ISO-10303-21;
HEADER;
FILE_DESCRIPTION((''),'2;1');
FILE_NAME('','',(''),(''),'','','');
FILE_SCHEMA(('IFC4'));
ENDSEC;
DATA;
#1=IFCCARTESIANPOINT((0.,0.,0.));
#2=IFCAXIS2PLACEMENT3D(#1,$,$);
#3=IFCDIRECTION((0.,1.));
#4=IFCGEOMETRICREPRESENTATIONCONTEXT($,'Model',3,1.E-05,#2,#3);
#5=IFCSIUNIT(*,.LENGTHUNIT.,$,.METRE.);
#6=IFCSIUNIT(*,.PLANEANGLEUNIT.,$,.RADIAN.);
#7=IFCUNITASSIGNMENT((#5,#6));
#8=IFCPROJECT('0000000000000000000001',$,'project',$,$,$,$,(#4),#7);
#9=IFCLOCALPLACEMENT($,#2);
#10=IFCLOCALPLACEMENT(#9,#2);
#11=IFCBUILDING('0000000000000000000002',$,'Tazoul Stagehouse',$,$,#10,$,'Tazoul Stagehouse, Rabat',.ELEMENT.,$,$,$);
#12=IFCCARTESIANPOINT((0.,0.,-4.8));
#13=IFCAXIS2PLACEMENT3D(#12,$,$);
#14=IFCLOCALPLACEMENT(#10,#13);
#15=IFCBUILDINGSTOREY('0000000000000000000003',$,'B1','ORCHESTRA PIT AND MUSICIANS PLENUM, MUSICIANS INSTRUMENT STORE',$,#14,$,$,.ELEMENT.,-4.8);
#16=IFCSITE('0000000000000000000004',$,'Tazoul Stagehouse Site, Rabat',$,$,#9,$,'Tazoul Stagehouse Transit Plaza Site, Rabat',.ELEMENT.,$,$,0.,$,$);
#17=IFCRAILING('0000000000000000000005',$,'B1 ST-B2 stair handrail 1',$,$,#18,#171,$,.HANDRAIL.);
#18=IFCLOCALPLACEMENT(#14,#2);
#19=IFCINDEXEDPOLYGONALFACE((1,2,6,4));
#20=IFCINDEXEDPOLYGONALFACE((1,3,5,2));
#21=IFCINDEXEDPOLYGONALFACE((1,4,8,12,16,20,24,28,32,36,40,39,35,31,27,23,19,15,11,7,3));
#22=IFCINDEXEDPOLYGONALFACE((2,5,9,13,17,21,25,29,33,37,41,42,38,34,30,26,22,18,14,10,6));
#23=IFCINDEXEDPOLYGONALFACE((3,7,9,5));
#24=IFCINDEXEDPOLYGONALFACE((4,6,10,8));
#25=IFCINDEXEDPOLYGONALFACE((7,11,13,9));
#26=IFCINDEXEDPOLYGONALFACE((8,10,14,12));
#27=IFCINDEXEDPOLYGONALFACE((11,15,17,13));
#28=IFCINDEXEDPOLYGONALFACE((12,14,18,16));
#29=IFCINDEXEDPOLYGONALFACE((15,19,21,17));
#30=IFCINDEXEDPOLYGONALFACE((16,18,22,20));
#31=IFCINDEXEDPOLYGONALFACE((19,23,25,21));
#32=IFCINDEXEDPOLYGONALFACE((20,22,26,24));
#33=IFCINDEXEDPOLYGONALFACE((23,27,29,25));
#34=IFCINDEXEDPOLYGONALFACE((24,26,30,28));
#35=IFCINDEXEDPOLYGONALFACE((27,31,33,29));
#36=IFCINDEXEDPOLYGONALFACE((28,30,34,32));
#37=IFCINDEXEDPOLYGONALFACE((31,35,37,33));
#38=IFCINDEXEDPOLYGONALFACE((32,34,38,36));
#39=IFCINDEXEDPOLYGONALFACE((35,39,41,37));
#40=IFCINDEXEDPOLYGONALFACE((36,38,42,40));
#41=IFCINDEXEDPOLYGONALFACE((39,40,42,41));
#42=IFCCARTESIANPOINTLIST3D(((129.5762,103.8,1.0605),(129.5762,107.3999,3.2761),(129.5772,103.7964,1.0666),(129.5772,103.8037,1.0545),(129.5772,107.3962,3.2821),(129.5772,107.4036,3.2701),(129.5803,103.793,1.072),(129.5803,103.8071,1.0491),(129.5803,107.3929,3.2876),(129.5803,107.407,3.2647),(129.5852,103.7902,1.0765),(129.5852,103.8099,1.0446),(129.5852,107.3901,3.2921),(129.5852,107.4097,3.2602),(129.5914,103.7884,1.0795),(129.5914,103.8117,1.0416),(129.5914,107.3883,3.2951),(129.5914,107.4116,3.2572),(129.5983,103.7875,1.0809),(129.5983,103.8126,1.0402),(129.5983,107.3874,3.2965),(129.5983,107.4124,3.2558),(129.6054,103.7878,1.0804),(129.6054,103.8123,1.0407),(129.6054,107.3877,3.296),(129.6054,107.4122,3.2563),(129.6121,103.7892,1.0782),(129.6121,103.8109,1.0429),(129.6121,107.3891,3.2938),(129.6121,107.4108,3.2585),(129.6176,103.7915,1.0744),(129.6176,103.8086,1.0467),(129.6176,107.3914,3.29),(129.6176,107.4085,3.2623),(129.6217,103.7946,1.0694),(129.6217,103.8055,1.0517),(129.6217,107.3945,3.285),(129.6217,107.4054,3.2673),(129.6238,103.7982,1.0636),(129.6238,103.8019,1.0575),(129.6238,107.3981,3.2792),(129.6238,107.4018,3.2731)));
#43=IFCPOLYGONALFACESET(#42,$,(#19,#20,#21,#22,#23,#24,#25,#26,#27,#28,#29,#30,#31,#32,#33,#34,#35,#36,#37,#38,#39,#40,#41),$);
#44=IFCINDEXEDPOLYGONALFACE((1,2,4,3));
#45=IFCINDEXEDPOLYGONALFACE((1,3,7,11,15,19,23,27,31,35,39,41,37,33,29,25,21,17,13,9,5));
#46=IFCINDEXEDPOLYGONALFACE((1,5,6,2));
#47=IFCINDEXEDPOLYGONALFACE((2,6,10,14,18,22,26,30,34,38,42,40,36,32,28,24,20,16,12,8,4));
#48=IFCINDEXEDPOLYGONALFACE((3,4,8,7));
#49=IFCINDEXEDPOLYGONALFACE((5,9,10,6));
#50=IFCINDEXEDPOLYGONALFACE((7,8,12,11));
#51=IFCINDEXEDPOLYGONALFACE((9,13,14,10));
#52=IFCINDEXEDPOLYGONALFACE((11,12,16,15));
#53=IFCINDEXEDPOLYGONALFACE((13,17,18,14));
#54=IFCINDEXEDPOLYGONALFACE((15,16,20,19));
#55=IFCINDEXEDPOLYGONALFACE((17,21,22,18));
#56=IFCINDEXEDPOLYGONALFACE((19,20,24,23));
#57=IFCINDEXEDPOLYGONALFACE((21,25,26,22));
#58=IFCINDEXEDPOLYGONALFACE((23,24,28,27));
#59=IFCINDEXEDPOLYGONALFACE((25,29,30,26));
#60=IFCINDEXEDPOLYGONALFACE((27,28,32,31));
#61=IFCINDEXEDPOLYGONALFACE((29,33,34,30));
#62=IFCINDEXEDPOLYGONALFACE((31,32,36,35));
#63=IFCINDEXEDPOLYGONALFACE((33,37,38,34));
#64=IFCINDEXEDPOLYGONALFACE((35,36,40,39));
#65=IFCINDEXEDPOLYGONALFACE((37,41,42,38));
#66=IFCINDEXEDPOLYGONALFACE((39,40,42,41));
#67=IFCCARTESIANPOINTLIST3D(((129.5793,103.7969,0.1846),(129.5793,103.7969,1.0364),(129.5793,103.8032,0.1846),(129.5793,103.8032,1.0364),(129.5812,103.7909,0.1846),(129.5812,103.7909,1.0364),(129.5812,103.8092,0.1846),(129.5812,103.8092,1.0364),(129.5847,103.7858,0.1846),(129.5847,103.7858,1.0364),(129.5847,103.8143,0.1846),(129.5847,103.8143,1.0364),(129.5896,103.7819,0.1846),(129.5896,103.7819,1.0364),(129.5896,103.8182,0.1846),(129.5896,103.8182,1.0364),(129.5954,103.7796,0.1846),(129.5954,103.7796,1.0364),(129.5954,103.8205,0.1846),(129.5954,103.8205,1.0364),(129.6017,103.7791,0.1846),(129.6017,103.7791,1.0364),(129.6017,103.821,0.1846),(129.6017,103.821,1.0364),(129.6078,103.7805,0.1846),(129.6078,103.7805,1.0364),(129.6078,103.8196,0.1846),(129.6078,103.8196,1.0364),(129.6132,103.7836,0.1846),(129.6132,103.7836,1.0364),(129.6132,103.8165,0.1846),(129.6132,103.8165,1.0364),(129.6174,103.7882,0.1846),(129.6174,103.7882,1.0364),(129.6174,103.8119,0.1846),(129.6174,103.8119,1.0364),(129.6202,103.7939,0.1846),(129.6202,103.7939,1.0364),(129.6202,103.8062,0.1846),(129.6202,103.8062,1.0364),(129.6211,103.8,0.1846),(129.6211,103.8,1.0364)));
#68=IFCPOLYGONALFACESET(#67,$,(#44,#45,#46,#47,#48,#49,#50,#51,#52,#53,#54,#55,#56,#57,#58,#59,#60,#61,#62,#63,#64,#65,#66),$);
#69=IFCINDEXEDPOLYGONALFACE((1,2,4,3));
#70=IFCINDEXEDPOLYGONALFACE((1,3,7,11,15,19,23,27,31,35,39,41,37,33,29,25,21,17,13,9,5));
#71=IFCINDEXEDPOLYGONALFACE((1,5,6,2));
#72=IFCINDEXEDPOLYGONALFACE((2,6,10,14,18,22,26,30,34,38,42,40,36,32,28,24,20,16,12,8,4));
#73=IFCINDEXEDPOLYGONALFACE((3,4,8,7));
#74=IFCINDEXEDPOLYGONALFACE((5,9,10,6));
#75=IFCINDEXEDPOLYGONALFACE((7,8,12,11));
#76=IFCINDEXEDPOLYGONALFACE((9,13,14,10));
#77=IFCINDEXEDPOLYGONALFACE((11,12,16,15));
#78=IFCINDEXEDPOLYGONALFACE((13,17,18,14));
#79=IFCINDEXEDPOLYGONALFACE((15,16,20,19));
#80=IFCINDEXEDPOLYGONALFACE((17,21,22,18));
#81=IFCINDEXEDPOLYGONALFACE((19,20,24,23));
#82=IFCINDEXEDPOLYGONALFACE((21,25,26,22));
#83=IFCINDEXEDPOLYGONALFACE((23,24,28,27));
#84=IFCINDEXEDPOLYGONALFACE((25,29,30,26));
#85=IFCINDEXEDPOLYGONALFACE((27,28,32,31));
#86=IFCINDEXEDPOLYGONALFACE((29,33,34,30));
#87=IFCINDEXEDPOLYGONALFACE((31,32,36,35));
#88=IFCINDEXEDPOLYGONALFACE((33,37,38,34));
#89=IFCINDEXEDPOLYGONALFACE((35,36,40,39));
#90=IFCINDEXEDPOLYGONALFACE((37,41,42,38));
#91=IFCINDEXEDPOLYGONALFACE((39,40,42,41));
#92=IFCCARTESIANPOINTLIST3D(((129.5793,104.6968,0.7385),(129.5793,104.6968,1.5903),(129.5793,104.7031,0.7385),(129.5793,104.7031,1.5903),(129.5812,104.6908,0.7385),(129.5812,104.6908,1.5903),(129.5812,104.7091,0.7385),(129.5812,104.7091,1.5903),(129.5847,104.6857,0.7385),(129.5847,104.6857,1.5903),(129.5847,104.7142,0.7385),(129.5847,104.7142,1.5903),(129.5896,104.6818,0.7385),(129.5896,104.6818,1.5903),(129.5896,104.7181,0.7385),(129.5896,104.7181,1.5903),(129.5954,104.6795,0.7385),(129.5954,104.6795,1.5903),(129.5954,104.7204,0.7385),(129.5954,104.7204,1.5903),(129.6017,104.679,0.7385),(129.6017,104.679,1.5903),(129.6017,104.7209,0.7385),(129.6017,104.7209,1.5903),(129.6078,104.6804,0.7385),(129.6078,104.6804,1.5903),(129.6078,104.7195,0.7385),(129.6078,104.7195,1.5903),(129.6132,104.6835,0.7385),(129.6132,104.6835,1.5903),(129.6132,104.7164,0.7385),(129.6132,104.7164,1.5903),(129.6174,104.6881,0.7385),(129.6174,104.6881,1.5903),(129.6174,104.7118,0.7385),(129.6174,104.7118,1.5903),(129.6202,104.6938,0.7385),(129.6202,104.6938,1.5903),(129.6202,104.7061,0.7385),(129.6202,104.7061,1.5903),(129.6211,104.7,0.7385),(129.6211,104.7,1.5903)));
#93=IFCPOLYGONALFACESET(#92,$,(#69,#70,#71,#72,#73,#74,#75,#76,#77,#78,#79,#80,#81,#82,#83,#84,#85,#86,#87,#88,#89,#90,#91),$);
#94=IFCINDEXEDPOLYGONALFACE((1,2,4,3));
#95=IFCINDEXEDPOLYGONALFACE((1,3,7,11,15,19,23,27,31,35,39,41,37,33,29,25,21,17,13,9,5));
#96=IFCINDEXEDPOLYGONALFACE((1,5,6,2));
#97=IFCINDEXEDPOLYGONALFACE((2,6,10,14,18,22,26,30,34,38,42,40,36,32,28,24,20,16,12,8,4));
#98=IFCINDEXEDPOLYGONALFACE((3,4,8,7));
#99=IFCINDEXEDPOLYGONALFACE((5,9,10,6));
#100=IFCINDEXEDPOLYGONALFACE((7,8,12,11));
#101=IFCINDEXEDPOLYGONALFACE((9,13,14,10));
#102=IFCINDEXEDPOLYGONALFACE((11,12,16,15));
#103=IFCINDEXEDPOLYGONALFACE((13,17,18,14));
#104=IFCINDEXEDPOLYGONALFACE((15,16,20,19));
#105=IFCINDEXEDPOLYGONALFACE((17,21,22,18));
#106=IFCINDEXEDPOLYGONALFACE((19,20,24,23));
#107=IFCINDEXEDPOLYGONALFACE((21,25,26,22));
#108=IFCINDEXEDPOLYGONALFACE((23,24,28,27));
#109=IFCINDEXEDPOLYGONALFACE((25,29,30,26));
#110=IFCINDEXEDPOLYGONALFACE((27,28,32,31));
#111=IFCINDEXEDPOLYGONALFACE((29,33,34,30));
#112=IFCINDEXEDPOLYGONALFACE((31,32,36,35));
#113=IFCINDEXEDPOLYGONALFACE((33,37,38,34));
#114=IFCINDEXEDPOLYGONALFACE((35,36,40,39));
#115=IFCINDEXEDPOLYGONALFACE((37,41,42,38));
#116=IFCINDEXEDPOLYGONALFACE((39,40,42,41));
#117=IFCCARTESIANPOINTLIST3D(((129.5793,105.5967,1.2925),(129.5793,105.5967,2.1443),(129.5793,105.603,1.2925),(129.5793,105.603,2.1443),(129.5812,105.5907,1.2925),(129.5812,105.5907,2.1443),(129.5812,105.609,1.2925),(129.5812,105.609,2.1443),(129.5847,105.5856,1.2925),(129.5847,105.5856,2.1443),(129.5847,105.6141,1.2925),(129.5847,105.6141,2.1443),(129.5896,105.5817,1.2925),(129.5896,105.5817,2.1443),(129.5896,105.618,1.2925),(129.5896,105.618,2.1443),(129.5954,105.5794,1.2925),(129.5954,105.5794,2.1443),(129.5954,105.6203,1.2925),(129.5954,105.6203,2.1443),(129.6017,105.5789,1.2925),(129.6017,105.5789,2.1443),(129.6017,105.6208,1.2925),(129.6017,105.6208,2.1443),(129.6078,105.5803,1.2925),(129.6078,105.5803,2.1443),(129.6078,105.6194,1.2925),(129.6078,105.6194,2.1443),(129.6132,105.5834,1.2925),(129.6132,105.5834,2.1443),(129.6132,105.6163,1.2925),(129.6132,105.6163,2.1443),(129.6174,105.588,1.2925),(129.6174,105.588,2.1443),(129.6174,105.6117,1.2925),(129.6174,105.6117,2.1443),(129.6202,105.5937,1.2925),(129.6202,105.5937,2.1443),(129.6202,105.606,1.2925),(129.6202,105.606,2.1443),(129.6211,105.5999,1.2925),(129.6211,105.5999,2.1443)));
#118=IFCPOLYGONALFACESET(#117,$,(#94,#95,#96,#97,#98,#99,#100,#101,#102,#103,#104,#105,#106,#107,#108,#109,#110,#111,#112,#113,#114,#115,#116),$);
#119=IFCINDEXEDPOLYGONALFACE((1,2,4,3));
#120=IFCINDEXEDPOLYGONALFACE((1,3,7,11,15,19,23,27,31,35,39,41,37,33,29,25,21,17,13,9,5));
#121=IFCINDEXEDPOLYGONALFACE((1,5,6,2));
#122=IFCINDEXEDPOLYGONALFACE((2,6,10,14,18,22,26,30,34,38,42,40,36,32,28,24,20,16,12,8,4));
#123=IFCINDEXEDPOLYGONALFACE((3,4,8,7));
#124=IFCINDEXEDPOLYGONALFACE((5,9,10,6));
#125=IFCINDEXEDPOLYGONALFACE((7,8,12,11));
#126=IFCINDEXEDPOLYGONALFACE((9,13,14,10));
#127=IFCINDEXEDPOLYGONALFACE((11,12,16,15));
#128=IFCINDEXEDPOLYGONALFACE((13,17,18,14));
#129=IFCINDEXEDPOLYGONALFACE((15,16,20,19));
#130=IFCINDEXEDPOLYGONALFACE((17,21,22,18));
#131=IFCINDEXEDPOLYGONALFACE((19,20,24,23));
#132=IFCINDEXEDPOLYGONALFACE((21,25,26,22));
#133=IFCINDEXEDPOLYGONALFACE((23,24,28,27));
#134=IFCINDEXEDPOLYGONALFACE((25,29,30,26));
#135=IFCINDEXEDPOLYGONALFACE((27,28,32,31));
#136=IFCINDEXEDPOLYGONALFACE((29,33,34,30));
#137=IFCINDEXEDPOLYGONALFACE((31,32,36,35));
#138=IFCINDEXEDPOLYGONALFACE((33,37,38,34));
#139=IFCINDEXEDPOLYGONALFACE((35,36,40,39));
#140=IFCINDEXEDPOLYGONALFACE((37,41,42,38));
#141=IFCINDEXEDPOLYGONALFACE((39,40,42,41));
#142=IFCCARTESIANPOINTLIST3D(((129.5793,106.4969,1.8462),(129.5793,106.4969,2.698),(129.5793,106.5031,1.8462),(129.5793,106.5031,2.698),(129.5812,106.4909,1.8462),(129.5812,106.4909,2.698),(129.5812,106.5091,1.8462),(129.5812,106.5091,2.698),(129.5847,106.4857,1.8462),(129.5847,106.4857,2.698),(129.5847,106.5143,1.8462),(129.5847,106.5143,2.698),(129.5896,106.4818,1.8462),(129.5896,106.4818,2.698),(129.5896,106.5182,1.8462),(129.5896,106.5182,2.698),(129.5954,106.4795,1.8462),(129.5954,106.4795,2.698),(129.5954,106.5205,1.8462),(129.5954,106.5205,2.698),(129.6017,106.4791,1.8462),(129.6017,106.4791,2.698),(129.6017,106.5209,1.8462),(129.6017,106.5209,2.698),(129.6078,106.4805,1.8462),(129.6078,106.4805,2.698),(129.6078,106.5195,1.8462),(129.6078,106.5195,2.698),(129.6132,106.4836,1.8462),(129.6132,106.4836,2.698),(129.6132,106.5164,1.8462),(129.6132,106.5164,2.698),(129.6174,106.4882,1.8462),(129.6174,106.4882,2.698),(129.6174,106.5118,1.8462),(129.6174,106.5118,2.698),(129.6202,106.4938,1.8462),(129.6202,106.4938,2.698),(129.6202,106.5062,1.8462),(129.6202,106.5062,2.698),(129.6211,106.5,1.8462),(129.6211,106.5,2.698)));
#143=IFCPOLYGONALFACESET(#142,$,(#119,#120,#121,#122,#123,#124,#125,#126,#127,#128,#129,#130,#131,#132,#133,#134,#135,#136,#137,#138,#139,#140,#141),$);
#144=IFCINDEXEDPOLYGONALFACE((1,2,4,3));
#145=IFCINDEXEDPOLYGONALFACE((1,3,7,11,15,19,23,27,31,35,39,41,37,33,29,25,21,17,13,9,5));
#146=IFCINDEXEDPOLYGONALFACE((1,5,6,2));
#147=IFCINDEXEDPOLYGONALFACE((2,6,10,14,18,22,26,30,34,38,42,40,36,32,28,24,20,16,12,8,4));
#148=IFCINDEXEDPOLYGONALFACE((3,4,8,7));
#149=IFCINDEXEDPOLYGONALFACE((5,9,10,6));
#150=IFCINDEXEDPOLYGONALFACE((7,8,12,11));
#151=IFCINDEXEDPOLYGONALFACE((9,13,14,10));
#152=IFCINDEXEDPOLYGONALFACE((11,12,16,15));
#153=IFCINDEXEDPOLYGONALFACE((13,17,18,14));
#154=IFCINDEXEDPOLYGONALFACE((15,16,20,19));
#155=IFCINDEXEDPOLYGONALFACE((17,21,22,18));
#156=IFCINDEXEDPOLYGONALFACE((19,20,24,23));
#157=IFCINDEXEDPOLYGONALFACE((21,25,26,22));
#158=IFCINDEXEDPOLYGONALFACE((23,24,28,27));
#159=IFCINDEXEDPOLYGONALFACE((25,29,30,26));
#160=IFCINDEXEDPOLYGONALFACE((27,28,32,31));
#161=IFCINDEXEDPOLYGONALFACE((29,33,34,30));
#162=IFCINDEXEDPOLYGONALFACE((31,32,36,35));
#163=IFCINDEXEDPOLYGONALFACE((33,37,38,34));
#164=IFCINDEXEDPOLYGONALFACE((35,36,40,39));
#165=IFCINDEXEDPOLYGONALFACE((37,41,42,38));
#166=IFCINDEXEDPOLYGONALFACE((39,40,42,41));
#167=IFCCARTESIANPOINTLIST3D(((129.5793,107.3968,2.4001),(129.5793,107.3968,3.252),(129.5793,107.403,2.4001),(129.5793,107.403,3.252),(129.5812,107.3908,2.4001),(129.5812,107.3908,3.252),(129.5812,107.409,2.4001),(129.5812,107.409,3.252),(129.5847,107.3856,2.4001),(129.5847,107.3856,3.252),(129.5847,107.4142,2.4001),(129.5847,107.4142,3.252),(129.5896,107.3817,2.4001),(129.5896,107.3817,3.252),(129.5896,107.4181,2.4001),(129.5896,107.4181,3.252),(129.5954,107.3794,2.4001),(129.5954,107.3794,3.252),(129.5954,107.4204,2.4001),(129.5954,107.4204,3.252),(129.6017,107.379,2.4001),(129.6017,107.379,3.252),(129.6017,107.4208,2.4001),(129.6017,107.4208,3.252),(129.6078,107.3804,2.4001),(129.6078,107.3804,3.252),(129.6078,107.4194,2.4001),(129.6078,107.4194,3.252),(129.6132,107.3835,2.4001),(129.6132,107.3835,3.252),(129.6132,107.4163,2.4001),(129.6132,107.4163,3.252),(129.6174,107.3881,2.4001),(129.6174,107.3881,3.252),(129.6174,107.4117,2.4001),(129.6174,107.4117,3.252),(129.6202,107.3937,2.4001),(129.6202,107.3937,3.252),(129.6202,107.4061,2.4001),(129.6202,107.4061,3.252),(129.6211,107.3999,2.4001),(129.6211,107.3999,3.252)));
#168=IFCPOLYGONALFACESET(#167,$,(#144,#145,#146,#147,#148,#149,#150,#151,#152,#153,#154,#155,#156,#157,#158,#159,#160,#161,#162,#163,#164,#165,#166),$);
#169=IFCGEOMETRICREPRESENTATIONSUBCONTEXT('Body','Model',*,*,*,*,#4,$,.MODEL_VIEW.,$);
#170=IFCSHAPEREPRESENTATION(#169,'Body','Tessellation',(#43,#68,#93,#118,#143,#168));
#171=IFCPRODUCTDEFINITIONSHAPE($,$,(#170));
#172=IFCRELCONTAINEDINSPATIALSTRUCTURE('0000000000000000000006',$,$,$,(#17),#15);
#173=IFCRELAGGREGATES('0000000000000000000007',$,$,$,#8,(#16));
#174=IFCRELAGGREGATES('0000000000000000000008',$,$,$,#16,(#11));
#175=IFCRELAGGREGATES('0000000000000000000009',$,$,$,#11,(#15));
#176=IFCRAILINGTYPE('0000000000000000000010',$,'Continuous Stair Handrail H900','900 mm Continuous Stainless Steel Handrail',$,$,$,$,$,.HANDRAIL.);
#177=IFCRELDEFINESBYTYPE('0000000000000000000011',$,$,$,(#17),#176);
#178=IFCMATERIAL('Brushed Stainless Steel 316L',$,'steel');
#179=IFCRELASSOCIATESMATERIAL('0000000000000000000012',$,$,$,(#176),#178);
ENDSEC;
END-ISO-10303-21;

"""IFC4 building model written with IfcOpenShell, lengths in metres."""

from ifc_helpers import new_model, si_unit, direction, frame, origin, origin_2d, place, context, subcontext, project, spatial, circle, extrude, material, material_profile, profile_set, type_object, element, save


model = new_model("IFC4")

# Units and contexts
model_context = context("Model", 3, precision=1e-05, world=origin(), true_north=direction((0.0, 1.0)))
body_context = subcontext(model_context, "Body", "Model", "MODEL_VIEW")
ifc_project = project(units=[si_unit("LENGTHUNIT", "METRE"), si_unit("PLANEANGLEUNIT", "RADIAN")], contexts=[model_context])

# Site, building, storey
site_placement = place(None, origin())
site = spatial("IfcSite", under=ifc_project, at=site_placement, Name="Tazoul Stagehouse Site, Rabat", LongName="Tazoul Stagehouse Transit Plaza Site, Rabat", CompositionType="ELEMENT", RefElevation=0.0)
building_placement = place(site_placement, origin())
building = spatial("IfcBuilding", under=site, at=building_placement, Name="Tazoul Stagehouse", LongName="Tazoul Stagehouse, Rabat", CompositionType="ELEMENT")
storey_placement = place(building_placement, frame((0.0, 0.0, -4.8)))
storey = spatial("IfcBuildingStorey", under=building, at=storey_placement, Name="B1", Description="ORCHESTRA PIT AND MUSICIANS PLENUM, MUSICIANS INSTRUMENT STORE", CompositionType="ELEMENT", Elevation=-4.8)

# Railing
ifc_material_1 = material(Name="Brushed Stainless Steel 316L", Category="steel")
ifc_material_profile_1 = material_profile(ifc_material_1, circle(Radius=0.021, at=origin_2d()), Name="SS HANDRAIL D42")
ifc_profile_set_1 = profile_set([ifc_material_profile_1], Name="Brushed Stainless Steel 316L")
railing_type_1 = type_object("IfcRailingType", Name="Continuous Stair Handrail H900", Description="900 mm Continuous Stainless Steel Handrail", PredefinedType="HANDRAIL", material=ifc_profile_set_1)
railing_1_placement = place(storey_placement, frame((129.6001, 103.8, 0.1846)))
element("IfcRailing", 1, at=railing_1_placement, inside=storey, type_object=railing_type_1, Name="B1 ST-B2 stair handrail 1", PredefinedType="HANDRAIL", context=body_context, shape_type="SweptSolid", body=[
    extrude(circle(Radius=0.0239, at=origin_2d()), frame((0.0, 0.0, 0.876), z_axis=(0.0, 0.851629, 0.524146), x_axis=(-1.0, 0.0, 0.0)), (0.0, 0.0, 1.0), 4.2271),
    extrude(circle(Radius=0.021, at=origin_2d()), origin(), (0.0, 0.0, 1.0), 0.8518),
    extrude(circle(Radius=0.021, at=origin_2d()), frame((0.0, 0.8999, 0.554)), (0.0, 0.0, 1.0), 0.8518),
    extrude(circle(Radius=0.021, at=origin_2d()), frame((0.0, 1.7998, 1.1079)), (0.0, 0.0, 1.0), 0.8518),
    extrude(circle(Radius=0.021, at=origin_2d()), frame((0.0, 2.7, 1.6616)), (0.0, 0.0, 1.0), 0.8518),
    extrude(circle(Radius=0.021, at=origin_2d()), frame((0.0, 3.5999, 2.2156)), (0.0, 0.0, 1.0), 0.8518),
])

save(model, "model.ifc")
